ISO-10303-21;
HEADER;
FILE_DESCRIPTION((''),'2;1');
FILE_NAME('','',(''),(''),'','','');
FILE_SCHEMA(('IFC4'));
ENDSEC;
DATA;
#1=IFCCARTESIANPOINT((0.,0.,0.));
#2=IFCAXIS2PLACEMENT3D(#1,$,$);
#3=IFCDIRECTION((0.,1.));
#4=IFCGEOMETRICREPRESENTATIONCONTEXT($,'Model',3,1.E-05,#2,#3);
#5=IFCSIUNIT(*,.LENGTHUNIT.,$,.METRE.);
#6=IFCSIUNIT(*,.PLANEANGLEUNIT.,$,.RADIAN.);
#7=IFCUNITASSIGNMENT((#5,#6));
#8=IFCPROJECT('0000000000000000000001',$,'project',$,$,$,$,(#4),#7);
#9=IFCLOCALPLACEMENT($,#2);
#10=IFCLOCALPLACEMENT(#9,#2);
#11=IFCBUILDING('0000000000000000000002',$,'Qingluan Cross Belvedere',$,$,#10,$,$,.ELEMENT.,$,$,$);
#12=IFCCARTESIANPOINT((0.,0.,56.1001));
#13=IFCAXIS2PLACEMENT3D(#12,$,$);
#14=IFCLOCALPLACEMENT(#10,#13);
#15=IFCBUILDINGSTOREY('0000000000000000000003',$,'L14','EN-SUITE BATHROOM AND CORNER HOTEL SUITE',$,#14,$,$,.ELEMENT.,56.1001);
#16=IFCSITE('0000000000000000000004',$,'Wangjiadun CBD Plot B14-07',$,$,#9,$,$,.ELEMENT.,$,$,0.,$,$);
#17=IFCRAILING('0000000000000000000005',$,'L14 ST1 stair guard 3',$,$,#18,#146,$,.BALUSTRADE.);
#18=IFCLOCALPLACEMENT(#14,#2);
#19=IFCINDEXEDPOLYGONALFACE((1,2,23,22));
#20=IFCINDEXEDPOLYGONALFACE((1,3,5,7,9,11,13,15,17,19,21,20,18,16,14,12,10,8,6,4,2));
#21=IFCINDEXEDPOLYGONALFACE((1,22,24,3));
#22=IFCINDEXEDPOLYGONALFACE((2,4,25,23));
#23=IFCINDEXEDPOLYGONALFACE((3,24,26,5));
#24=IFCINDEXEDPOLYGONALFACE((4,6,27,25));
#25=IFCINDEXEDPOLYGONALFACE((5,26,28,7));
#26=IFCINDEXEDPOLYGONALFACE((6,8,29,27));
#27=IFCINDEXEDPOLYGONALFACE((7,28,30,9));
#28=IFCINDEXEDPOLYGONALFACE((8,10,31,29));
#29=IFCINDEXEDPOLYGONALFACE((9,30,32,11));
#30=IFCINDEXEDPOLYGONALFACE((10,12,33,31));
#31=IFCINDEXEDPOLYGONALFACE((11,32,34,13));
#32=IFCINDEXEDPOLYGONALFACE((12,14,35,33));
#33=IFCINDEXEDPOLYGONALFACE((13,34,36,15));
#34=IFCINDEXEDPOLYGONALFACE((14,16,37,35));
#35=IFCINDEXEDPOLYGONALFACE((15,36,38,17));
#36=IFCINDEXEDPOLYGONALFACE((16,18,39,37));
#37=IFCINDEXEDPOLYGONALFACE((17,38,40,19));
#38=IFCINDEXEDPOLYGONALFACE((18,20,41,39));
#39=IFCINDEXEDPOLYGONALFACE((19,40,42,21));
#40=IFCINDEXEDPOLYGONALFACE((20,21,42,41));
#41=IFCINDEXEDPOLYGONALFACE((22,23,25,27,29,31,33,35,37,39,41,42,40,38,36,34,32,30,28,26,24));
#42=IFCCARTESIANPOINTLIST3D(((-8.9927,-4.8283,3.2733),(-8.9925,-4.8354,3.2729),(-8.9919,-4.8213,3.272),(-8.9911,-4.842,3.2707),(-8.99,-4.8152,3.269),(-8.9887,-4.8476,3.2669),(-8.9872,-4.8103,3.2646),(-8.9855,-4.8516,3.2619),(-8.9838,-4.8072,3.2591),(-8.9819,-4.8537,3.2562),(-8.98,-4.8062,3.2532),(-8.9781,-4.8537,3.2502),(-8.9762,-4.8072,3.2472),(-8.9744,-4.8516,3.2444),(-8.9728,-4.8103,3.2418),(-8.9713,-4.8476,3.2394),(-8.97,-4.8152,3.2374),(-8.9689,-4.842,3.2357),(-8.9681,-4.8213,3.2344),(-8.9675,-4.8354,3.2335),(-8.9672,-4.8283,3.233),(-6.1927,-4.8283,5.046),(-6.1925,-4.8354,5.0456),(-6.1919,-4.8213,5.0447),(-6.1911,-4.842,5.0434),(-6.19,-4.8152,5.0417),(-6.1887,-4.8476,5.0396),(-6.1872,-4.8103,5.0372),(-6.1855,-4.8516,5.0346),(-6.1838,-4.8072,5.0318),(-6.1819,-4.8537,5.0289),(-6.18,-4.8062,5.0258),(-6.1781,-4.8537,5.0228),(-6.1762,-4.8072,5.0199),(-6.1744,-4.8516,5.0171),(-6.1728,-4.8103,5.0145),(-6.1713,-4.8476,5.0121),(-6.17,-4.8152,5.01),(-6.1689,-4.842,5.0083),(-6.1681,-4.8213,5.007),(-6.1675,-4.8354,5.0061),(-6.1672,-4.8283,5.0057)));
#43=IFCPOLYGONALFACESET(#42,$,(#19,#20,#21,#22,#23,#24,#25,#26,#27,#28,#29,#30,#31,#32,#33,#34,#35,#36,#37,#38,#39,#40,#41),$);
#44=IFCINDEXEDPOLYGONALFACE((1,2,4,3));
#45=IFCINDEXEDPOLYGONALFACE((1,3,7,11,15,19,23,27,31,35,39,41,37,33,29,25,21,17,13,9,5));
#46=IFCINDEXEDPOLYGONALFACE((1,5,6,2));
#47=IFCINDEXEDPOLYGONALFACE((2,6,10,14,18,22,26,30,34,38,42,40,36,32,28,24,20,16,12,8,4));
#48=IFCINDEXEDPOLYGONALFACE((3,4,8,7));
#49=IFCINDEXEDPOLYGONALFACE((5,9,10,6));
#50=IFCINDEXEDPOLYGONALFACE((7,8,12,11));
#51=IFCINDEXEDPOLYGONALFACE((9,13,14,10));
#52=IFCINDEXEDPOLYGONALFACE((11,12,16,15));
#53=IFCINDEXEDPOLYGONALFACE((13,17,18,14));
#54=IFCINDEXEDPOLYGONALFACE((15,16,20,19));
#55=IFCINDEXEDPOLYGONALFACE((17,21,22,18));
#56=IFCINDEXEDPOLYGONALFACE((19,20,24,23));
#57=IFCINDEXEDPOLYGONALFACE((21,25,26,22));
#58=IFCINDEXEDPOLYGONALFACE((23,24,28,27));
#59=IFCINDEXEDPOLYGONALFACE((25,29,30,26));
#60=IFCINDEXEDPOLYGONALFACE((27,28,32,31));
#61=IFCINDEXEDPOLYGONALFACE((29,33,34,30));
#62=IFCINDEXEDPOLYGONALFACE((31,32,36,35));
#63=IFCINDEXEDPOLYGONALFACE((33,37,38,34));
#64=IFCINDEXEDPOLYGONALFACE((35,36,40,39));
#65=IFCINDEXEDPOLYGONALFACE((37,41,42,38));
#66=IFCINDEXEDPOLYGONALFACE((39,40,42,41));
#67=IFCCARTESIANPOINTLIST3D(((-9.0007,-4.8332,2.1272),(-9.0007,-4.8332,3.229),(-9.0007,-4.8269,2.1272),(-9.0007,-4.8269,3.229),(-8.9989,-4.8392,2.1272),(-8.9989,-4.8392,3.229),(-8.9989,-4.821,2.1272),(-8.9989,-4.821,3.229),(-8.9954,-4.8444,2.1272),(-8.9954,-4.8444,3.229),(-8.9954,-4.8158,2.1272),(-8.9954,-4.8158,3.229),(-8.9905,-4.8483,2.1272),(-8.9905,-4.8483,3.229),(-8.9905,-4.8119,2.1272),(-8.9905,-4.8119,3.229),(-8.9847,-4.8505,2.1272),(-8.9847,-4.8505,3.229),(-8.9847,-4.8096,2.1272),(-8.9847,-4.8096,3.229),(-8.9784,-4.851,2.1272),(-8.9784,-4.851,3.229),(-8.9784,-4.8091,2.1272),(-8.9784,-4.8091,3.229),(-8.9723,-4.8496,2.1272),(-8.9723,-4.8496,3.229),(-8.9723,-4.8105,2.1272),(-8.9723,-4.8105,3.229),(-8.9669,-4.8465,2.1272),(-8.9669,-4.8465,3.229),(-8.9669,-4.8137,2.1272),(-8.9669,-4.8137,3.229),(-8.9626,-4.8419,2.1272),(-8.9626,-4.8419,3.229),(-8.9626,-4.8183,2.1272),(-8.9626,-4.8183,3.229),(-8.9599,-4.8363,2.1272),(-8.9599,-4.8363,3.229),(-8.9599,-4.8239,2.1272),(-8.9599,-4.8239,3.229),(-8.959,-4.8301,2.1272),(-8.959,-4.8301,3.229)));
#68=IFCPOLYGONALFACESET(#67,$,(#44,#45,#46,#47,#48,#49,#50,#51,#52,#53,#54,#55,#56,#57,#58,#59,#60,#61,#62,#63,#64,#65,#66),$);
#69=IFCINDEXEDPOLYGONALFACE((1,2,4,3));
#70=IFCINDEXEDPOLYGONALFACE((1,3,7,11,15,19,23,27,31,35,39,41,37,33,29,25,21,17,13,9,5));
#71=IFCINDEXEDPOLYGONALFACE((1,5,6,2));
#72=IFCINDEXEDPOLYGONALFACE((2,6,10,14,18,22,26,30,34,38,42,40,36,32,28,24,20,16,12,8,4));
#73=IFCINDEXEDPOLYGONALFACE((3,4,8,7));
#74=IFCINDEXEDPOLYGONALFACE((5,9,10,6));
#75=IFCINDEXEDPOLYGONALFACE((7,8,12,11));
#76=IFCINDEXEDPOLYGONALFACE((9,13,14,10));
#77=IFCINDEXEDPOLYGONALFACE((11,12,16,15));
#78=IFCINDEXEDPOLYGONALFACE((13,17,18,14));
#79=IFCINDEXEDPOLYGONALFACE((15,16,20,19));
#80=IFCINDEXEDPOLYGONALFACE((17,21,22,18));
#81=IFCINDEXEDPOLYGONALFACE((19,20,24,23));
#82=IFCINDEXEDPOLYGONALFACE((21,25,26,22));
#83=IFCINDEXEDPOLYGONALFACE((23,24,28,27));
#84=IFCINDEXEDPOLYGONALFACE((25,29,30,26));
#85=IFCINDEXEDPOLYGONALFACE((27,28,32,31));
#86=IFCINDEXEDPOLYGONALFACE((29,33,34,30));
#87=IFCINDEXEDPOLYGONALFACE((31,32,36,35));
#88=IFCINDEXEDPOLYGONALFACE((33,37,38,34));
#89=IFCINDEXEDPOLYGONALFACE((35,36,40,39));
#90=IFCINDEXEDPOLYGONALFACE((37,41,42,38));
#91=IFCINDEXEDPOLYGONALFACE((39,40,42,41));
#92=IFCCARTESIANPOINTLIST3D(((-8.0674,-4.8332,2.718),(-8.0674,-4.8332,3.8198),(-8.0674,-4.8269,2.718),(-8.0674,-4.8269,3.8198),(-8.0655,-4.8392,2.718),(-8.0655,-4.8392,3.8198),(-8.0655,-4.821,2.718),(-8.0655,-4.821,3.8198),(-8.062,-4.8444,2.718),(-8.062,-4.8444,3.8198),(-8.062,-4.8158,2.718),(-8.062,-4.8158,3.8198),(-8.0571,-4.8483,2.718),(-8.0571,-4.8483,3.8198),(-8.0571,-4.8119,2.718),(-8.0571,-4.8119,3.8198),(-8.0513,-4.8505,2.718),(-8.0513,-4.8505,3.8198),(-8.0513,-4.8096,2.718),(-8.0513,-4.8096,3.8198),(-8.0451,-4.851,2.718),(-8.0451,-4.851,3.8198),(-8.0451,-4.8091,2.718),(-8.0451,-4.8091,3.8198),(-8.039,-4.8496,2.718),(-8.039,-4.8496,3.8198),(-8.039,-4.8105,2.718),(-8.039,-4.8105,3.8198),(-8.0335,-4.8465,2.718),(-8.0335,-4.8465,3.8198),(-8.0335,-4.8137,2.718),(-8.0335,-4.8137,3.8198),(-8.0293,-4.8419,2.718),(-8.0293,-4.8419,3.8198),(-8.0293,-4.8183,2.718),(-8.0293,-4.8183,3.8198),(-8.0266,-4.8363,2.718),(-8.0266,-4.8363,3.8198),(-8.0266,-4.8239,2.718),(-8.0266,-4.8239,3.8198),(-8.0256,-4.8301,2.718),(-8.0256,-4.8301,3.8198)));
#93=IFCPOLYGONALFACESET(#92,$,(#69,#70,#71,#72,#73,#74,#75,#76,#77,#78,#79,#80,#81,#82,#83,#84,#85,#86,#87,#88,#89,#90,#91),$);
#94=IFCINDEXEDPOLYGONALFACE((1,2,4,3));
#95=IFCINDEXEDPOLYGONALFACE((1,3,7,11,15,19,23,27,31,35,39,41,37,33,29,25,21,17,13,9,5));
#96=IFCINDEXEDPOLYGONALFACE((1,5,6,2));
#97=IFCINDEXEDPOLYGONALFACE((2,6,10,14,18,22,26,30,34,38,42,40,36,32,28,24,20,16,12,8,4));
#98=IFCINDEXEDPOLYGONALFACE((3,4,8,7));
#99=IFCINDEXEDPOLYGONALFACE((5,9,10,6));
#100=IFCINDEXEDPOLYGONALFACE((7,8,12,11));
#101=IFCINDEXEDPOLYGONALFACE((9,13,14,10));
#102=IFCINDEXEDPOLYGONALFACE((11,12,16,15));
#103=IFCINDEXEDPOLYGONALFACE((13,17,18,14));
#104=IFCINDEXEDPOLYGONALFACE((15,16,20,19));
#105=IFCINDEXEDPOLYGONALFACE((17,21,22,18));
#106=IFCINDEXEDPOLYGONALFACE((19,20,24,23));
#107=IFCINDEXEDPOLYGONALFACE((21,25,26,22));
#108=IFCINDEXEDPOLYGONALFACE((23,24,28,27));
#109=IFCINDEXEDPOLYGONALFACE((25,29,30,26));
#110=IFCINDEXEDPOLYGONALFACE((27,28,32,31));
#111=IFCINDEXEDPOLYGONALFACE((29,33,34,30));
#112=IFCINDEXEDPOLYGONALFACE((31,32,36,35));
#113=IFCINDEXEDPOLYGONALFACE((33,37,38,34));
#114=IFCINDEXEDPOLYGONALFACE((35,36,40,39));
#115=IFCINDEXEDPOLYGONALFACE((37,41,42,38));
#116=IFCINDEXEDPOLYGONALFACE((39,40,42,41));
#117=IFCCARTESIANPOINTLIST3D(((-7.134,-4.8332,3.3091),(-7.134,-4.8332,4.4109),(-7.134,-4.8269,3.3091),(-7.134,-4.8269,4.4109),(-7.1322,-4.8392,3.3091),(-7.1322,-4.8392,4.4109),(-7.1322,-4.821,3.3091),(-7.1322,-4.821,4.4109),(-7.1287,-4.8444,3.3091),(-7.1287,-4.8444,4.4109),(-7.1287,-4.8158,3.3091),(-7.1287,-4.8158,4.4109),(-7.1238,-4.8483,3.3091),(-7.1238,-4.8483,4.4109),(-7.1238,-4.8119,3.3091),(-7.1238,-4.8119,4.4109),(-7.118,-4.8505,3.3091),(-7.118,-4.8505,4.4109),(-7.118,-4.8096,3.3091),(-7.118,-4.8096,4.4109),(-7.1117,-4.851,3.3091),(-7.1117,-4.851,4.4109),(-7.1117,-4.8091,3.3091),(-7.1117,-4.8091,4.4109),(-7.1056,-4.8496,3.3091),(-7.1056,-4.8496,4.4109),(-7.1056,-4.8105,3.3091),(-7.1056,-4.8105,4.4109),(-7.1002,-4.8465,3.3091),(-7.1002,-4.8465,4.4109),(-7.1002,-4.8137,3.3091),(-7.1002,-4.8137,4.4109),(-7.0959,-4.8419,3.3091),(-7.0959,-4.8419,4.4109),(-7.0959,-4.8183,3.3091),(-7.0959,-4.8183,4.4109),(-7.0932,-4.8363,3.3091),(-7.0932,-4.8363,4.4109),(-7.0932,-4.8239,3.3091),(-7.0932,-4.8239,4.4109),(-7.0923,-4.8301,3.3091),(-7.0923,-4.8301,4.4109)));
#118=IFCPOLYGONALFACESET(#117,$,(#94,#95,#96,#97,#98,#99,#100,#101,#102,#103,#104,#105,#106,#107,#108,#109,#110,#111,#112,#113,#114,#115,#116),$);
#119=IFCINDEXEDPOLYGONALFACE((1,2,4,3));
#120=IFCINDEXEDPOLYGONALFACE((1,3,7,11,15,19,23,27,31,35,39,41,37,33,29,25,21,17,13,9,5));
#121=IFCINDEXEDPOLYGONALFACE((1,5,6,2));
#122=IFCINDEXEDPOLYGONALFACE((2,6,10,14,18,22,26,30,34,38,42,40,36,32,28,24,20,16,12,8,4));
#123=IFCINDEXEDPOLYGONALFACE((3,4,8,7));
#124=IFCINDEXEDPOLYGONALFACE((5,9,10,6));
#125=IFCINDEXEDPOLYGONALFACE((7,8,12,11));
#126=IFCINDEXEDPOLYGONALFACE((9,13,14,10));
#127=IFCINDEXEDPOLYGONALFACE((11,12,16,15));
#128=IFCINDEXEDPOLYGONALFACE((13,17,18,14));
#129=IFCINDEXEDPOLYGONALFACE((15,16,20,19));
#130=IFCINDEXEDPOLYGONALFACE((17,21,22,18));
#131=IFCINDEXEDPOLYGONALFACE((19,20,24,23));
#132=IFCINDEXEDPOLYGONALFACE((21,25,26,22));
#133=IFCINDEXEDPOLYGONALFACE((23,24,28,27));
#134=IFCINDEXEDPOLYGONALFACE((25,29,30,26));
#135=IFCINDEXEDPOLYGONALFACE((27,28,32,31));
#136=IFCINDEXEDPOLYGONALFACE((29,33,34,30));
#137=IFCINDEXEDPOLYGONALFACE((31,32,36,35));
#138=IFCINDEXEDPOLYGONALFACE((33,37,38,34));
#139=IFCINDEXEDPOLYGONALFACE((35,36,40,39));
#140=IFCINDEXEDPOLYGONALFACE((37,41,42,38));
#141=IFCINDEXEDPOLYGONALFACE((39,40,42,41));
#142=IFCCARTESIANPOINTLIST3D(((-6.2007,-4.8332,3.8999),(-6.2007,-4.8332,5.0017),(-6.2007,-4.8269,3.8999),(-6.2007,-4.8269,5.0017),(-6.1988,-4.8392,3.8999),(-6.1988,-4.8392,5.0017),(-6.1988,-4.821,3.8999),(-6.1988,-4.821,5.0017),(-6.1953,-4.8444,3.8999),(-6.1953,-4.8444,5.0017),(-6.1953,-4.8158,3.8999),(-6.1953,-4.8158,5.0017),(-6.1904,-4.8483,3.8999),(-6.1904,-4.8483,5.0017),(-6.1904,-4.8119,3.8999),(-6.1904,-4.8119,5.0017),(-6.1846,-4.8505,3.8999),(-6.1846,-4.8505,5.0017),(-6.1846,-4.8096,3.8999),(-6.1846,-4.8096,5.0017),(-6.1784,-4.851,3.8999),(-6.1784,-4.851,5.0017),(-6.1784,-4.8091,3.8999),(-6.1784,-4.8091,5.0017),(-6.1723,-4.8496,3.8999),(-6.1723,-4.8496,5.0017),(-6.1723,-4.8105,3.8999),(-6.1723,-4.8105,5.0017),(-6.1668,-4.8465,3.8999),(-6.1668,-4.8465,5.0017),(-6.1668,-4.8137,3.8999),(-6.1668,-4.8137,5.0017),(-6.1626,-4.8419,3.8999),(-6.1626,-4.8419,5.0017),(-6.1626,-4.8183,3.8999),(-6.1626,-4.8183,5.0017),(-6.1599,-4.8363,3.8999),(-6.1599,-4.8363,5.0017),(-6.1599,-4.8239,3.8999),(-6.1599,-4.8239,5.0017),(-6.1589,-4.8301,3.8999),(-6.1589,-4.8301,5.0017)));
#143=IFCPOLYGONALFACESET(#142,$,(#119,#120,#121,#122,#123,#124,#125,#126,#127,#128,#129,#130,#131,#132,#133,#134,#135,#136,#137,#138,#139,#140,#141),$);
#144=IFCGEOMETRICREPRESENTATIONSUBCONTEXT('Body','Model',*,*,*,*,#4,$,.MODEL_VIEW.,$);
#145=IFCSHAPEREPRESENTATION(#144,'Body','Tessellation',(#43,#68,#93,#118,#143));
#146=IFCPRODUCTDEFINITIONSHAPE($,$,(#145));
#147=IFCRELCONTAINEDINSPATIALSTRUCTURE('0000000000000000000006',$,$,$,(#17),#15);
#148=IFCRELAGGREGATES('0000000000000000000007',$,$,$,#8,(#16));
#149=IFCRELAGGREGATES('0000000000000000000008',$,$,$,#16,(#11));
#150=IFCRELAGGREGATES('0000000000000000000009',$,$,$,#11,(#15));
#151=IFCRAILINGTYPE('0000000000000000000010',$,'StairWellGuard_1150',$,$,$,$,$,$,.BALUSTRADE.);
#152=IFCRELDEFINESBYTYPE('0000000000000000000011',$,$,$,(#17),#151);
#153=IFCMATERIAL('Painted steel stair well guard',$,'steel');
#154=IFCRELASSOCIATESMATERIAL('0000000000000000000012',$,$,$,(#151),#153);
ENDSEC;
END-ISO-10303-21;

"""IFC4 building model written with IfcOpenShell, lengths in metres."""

from ifc_helpers import new_model, si_unit, direction, frame, origin, origin_2d, place, context, subcontext, project, spatial, circle, extrude, material, type_object, element, save


model = new_model("IFC4")

# Units and contexts
model_context = context("Model", 3, precision=1e-05, world=origin(), true_north=direction((0.0, 1.0)))
body_context = subcontext(model_context, "Body", "Model", "MODEL_VIEW")
ifc_project = project(units=[si_unit("LENGTHUNIT", "METRE"), si_unit("PLANEANGLEUNIT", "RADIAN")], contexts=[model_context])

# Site, building, storey
site_placement = place(None, origin())
site = spatial("IfcSite", under=ifc_project, at=site_placement, Name="Wangjiadun CBD Plot B14-07", CompositionType="ELEMENT", RefElevation=0.0)
building_placement = place(site_placement, origin())
building = spatial("IfcBuilding", under=site, at=building_placement, Name="Qingluan Cross Belvedere", CompositionType="ELEMENT")
storey_placement = place(building_placement, frame((0.0, 0.0, 56.1001)))
storey = spatial("IfcBuildingStorey", under=building, at=storey_placement, Name="L14", Description="EN-SUITE BATHROOM AND CORNER HOTEL SUITE", CompositionType="ELEMENT", Elevation=56.1001)

# Railing
ifc_material_1 = material(Name="Painted steel stair well guard", Category="steel")
railing_type_1 = type_object("IfcRailingType", Name="StairWellGuard_1150", PredefinedType="BALUSTRADE", material=ifc_material_1)
railing_1_placement = place(storey_placement, frame((-8.98, -4.8301, 2.1272)))
element("IfcRailing", 1, at=railing_1_placement, inside=storey, type_object=railing_type_1, Name="L14 ST1 stair guard 3", PredefinedType="BALUSTRADE", context=body_context, shape_type="SweptSolid", body=[
    extrude(circle(Radius=0.0239, at=origin_2d()), frame((0.0, 0.0, 1.126), z_axis=(0.844909, 0.0, 0.53491), x_axis=(0.0, 1.0, 0.0)), (0.0, 0.0, 1.0), 3.314),
    extrude(circle(Radius=0.021, at=origin_2d()), origin(), (0.0, 0.0, 1.0), 1.1018),
    extrude(circle(Radius=0.021, at=origin_2d()), frame((0.9333, 0.0, 0.5908)), (0.0, 0.0, 1.0), 1.1018),
    extrude(circle(Radius=0.021, at=origin_2d()), frame((1.8667, 0.0, 1.1819)), (0.0, 0.0, 1.0), 1.1018),
    extrude(circle(Radius=0.021, at=origin_2d()), frame((2.8, 0.0, 1.7727)), (0.0, 0.0, 1.0), 1.1018),
])

save(model, "model.ifc")
